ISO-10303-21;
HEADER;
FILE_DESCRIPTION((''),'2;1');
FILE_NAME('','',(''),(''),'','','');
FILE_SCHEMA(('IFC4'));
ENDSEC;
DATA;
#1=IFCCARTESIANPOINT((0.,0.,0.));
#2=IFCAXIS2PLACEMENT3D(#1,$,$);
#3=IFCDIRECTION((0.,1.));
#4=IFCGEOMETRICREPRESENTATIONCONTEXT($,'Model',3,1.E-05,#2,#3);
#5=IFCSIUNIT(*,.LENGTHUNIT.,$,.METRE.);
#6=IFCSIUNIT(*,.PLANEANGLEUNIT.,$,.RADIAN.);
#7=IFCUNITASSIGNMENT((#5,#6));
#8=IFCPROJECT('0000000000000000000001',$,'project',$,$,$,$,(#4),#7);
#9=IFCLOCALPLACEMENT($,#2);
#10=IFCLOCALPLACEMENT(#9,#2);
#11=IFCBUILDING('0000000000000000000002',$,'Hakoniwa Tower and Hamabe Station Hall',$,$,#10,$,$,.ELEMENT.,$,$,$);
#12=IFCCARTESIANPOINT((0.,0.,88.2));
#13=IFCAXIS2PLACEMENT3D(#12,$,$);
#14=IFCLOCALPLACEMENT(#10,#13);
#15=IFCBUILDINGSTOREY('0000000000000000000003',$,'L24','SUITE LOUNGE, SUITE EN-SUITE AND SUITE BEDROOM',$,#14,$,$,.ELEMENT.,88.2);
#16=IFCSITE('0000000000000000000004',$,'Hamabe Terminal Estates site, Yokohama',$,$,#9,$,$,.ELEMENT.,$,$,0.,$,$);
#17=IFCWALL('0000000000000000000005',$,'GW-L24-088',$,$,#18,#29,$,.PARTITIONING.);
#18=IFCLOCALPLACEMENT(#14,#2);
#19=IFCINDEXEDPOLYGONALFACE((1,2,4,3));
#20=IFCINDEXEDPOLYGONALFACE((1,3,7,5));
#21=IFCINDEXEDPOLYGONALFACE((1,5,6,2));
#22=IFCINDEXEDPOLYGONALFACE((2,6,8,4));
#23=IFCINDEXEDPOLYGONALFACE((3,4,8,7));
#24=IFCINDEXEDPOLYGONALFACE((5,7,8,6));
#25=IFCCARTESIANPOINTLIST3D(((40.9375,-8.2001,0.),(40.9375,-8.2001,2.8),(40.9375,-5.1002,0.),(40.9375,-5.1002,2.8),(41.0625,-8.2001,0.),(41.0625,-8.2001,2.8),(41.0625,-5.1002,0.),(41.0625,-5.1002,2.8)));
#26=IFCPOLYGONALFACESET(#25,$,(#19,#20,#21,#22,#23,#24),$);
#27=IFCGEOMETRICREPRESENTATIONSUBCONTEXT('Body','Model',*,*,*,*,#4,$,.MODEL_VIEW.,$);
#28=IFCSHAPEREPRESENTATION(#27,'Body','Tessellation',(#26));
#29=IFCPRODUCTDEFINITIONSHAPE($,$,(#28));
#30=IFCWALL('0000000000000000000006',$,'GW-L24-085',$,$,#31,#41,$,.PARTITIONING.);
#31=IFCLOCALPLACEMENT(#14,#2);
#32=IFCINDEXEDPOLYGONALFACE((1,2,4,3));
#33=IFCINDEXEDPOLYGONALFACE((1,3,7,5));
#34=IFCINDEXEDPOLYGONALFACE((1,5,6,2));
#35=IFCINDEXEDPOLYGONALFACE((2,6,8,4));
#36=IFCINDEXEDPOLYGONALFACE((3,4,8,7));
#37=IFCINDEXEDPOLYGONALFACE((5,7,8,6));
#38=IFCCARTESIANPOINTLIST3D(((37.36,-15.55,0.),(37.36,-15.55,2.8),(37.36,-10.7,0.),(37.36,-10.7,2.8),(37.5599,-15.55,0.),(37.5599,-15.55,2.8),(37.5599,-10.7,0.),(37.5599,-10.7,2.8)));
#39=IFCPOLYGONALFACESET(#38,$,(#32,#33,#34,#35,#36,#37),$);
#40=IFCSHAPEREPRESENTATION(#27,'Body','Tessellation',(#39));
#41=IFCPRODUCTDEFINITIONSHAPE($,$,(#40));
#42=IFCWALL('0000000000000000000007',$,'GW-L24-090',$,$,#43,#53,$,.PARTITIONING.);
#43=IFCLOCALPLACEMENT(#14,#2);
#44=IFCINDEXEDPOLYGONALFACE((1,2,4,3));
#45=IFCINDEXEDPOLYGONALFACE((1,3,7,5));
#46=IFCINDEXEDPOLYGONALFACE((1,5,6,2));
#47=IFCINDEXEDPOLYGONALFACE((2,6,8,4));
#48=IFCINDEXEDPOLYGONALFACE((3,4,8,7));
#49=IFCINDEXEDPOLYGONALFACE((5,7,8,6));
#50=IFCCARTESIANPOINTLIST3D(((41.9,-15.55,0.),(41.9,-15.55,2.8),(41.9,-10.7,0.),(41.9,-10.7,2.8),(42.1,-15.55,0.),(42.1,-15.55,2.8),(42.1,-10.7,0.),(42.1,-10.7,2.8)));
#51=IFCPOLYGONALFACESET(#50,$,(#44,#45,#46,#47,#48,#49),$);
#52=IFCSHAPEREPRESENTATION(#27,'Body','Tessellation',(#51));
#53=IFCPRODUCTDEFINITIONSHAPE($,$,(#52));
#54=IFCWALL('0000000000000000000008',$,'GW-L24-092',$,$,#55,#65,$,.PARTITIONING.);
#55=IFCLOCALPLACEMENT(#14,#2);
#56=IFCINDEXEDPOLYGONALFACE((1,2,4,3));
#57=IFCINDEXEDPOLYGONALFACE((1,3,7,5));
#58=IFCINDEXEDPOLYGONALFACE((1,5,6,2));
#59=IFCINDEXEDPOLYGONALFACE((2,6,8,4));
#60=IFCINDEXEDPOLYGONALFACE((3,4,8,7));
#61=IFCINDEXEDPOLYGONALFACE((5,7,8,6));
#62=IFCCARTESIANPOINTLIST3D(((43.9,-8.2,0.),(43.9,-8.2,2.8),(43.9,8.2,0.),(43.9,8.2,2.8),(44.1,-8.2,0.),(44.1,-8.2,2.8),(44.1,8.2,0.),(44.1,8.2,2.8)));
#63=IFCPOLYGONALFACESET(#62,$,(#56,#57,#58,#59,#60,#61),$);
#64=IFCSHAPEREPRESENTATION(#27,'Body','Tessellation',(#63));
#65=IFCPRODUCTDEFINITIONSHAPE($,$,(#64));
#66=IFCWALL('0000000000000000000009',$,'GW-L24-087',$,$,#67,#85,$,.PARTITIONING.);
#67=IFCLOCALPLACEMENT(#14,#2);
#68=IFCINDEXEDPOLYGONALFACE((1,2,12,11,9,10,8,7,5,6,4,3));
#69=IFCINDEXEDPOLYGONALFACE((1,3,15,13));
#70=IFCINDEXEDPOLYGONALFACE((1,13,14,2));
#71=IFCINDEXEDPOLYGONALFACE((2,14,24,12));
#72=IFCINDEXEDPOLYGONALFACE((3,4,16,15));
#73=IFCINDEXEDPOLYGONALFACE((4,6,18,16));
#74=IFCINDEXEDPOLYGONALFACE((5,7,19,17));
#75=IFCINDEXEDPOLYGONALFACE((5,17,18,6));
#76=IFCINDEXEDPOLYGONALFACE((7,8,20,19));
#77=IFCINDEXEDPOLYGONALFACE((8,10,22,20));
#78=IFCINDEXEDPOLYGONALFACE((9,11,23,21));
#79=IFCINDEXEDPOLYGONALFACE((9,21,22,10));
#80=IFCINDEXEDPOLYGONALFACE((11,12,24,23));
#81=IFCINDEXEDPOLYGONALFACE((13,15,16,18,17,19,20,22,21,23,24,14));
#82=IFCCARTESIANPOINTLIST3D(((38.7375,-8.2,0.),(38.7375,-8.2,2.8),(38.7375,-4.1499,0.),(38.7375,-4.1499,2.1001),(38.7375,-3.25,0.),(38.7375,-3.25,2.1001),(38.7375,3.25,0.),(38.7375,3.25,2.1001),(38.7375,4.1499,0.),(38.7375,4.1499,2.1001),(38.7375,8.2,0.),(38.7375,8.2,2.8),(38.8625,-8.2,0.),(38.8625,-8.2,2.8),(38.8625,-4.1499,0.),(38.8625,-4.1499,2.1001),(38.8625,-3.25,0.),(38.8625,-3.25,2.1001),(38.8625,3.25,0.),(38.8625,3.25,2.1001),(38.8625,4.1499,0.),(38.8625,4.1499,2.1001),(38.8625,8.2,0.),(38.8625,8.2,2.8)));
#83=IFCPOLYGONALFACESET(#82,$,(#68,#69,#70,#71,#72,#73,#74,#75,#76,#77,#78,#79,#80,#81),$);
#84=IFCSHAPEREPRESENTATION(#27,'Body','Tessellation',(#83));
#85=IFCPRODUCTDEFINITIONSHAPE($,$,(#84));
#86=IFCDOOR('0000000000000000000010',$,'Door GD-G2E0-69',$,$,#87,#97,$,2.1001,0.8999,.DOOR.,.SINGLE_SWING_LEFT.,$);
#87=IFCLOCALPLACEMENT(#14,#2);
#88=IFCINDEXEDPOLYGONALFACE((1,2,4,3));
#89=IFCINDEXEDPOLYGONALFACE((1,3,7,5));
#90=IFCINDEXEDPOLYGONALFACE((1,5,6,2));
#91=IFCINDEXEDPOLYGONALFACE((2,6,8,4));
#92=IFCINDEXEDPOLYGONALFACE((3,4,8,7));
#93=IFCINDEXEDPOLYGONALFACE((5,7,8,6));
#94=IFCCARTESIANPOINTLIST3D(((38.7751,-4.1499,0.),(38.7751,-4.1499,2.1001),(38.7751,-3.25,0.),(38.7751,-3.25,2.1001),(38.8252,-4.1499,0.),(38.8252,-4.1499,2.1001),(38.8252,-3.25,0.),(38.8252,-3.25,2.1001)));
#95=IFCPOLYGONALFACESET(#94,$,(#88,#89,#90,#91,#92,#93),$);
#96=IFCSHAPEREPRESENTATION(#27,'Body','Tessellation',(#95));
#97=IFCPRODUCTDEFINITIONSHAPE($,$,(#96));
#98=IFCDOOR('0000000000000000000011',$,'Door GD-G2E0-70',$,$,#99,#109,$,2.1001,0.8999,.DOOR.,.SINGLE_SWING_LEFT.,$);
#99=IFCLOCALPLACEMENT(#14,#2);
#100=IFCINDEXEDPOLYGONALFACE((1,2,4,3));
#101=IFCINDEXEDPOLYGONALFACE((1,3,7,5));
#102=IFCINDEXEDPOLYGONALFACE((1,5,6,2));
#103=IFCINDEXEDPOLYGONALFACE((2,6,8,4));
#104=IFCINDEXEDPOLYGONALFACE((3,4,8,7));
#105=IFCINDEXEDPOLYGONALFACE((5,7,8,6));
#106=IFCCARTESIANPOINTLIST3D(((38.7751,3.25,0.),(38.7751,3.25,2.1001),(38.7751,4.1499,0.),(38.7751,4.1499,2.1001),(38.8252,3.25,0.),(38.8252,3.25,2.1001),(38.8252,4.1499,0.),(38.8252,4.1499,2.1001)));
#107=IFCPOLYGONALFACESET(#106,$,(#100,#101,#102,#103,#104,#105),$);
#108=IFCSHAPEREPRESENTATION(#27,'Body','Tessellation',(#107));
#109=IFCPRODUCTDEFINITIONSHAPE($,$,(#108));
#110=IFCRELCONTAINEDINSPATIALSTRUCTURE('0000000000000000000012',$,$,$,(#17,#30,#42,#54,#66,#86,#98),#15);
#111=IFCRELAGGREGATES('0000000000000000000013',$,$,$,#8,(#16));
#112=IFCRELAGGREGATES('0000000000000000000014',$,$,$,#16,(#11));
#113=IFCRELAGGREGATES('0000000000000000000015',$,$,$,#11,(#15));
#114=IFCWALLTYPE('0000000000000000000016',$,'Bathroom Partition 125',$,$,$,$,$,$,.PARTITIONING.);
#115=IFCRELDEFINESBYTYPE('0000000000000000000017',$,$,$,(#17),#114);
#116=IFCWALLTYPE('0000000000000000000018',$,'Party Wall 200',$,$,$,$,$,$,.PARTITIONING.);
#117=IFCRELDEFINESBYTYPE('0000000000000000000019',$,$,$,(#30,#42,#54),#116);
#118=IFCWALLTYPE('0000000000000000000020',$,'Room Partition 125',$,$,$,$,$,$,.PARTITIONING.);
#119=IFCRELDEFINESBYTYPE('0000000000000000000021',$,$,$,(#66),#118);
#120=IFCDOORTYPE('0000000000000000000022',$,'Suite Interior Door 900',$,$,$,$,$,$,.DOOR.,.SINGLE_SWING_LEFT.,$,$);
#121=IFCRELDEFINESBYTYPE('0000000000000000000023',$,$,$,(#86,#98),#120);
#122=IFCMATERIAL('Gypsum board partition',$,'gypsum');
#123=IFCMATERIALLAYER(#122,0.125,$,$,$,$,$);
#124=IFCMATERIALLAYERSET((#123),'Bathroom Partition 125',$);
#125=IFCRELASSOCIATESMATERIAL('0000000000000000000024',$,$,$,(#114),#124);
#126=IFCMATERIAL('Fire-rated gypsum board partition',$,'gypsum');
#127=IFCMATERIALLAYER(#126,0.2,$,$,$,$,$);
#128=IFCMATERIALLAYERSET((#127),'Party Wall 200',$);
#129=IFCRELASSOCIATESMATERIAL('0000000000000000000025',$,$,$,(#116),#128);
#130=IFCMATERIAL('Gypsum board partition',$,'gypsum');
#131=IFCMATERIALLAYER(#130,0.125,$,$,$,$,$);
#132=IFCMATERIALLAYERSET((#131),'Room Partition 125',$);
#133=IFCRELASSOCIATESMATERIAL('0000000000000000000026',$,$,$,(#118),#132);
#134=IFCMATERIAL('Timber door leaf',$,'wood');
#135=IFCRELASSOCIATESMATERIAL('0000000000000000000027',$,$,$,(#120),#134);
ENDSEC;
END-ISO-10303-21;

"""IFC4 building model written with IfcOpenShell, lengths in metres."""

from ifc_helpers import new_model, si_unit, direction, frame, frame_2d, origin, place, context, subcontext, project, spatial, rectangle, extrude, material, layer, layer_set, type_object, element, fill, save


model = new_model("IFC4")

# Units and contexts
model_context = context("Model", 3, precision=1e-05, world=origin(), true_north=direction((0.0, 1.0)))
body_context = subcontext(model_context, "Body", "Model", "MODEL_VIEW")
ifc_project = project(units=[si_unit("LENGTHUNIT", "METRE"), si_unit("PLANEANGLEUNIT", "RADIAN")], contexts=[model_context])

# Site, building, storey
site_placement = place(None, origin())
site = spatial("IfcSite", under=ifc_project, at=site_placement, Name="Hamabe Terminal Estates site, Yokohama", CompositionType="ELEMENT", RefElevation=0.0)
building_placement = place(site_placement, origin())
building = spatial("IfcBuilding", under=site, at=building_placement, Name="Hakoniwa Tower and Hamabe Station Hall", CompositionType="ELEMENT")
storey_placement = place(building_placement, frame((0.0, 0.0, 88.2)))
storey = spatial("IfcBuildingStorey", under=building, at=storey_placement, Name="L24", Description="SUITE LOUNGE, SUITE EN-SUITE AND SUITE BEDROOM", CompositionType="ELEMENT", Elevation=88.2)

# Shared definitions
ifc_material_1 = material(Name="Gypsum board partition", Category="gypsum")
ifc_layer_1 = layer(ifc_material_1, 0.125)
ifc_layer_set_1 = layer_set([ifc_layer_1], Name="Bathroom Partition 125")
wall_type_1 = type_object("IfcWallType", Name="Bathroom Partition 125", PredefinedType="PARTITIONING", material=ifc_layer_set_1)

# Walls
wall_1_placement = place(storey_placement, frame((41.0, -8.2, 0.0), z_axis=(0.0, 0.0, 1.0), x_axis=(0.0, 1.0, 0.0)))
element("IfcWall", 1, at=wall_1_placement, inside=storey, type_object=wall_type_1, Name="GW-L24-088", PredefinedType="PARTITIONING", context=body_context, shape_type="SweptSolid", body=[
    extrude(rectangle(XDim=3.0999, YDim=0.125, at=frame_2d((1.5498, 0.0))), origin(), (0.0, 0.0, 1.0), 2.8),
])
ifc_material_2 = material(Name="Fire-rated gypsum board partition", Category="gypsum")
ifc_layer_2 = layer(ifc_material_2, 0.2)
ifc_layer_set_2 = layer_set([ifc_layer_2], Name="Party Wall 200")
wall_type_2 = type_object("IfcWallType", Name="Party Wall 200", PredefinedType="PARTITIONING", material=ifc_layer_set_2)
for number, where, z_axis, x_axis, name in (
    (2, (37.46, -15.55, 0.0), (0.0, 0.0, 1.0), (0.0, 1.0, 0.0), "GW-L24-085"),
    (3, (42.0, -15.55, 0.0), (0.0, 0.0, 1.0), (0.0, 1.0, 0.0), "GW-L24-090"),
):
    element("IfcWall", number, at=place(storey_placement, frame(where, z_axis=z_axis, x_axis=x_axis)), inside=storey, type_object=wall_type_2, Name=name, PredefinedType="PARTITIONING", context=body_context, shape_type="SweptSolid", body=[
        extrude(rectangle(XDim=4.8501, YDim=0.2, at=frame_2d((2.425, 0.0))), origin(), (0.0, 0.0, 1.0), 2.8),
    ])
wall_2_placement = place(storey_placement, frame((44.0, -8.2, 0.0), z_axis=(0.0, 0.0, 1.0), x_axis=(0.0, 1.0, 0.0)))
element("IfcWall", 4, at=wall_2_placement, inside=storey, type_object=wall_type_2, Name="GW-L24-092", PredefinedType="PARTITIONING", context=body_context, shape_type="SweptSolid", body=[
    extrude(rectangle(XDim=16.3999, YDim=0.2, at=frame_2d((8.2, 0.0))), origin(), (0.0, 0.0, 1.0), 2.8),
])

# Wall, openings, doors
ifc_material_3 = material(Name="Gypsum board partition", Category="gypsum")
ifc_layer_3 = layer(ifc_material_3, 0.125)
ifc_layer_set_3 = layer_set([ifc_layer_3], Name="Room Partition 125")
wall_type_3 = type_object("IfcWallType", Name="Room Partition 125", PredefinedType="PARTITIONING", material=ifc_layer_set_3)
wall_3_placement = place(storey_placement, frame((38.8, -8.2, 0.0), z_axis=(0.0, 0.0, 1.0), x_axis=(0.0, 1.0, 0.0)))
wall_3 = element("IfcWall", 5, at=wall_3_placement, inside=storey, type_object=wall_type_3, Name="GW-L24-087", PredefinedType="PARTITIONING", context=body_context, shape_type="SweptSolid", body=[
    extrude(rectangle(XDim=16.3999, YDim=0.125, at=frame_2d((8.2, 0.0))), origin(), (0.0, 0.0, 1.0), 2.8),
])
opening_1_placement = place(wall_3_placement, frame((4.05, 0.0, 0.0)))
opening_1 = element("IfcOpeningElement", 6, at=opening_1_placement, cuts=wall_3, PredefinedType="OPENING", context=body_context, shape_type="SweptSolid", body=[
    extrude(rectangle(XDim=0.8999, YDim=2.1001, at=frame_2d((0.45, 1.05))), frame((0.0, 0.0725, 0.0), z_axis=(0.0, -1.0, 0.0), x_axis=(1.0, 0.0, 0.0)), (0.0, 0.0, 1.0), 0.145),
])
opening_2_placement = place(wall_3_placement, frame((11.45, 0.0, 0.0)))
opening_2 = element("IfcOpeningElement", 7, at=opening_2_placement, cuts=wall_3, PredefinedType="OPENING", context=body_context, shape_type="SweptSolid", body=[
    extrude(rectangle(XDim=0.8999, YDim=2.1001, at=frame_2d((0.45, 1.05))), frame((0.0, 0.0725, 0.0), z_axis=(0.0, -1.0, 0.0), x_axis=(1.0, 0.0, 0.0)), (0.0, 0.0, 1.0), 0.145),
])
ifc_material_4 = material(Name="Timber door leaf", Category="wood")
door_type_1 = type_object("IfcDoorType", Name="Suite Interior Door 900", OperationType="SINGLE_SWING_LEFT", PredefinedType="DOOR", material=ifc_material_4)
door_1_placement = place(opening_1_placement, origin())
door_1 = element("IfcDoor", 8, at=door_1_placement, inside=storey, type_object=door_type_1, Name="Door GD-G2E0-69", OperationType="SINGLE_SWING_LEFT", OverallHeight=2.1001, OverallWidth=0.8999, PredefinedType="DOOR", context=body_context, shape_type="SweptSolid", body=[
    extrude(rectangle(XDim=0.8999, YDim=2.1001, at=frame_2d((0.45, 1.05))), frame((0.0, 0.0249, 0.0), z_axis=(0.0, -1.0, 0.0), x_axis=(1.0, 0.0, 0.0)), (0.0, 0.0, 1.0), 0.05),
])
fill(opening_1, door_1)
door_2_placement = place(opening_2_placement, origin())
door_2 = element("IfcDoor", 9, at=door_2_placement, inside=storey, type_object=door_type_1, Name="Door GD-G2E0-70", OperationType="SINGLE_SWING_LEFT", OverallHeight=2.1001, OverallWidth=0.8999, PredefinedType="DOOR", context=body_context, shape_type="SweptSolid", body=[
    extrude(rectangle(XDim=0.8999, YDim=2.1001, at=frame_2d((0.45, 1.05))), frame((0.0, 0.0249, 0.0), z_axis=(0.0, -1.0, 0.0), x_axis=(1.0, 0.0, 0.0)), (0.0, 0.0, 1.0), 0.05),
])
fill(opening_2, door_2)

save(model, "model.ifc")
